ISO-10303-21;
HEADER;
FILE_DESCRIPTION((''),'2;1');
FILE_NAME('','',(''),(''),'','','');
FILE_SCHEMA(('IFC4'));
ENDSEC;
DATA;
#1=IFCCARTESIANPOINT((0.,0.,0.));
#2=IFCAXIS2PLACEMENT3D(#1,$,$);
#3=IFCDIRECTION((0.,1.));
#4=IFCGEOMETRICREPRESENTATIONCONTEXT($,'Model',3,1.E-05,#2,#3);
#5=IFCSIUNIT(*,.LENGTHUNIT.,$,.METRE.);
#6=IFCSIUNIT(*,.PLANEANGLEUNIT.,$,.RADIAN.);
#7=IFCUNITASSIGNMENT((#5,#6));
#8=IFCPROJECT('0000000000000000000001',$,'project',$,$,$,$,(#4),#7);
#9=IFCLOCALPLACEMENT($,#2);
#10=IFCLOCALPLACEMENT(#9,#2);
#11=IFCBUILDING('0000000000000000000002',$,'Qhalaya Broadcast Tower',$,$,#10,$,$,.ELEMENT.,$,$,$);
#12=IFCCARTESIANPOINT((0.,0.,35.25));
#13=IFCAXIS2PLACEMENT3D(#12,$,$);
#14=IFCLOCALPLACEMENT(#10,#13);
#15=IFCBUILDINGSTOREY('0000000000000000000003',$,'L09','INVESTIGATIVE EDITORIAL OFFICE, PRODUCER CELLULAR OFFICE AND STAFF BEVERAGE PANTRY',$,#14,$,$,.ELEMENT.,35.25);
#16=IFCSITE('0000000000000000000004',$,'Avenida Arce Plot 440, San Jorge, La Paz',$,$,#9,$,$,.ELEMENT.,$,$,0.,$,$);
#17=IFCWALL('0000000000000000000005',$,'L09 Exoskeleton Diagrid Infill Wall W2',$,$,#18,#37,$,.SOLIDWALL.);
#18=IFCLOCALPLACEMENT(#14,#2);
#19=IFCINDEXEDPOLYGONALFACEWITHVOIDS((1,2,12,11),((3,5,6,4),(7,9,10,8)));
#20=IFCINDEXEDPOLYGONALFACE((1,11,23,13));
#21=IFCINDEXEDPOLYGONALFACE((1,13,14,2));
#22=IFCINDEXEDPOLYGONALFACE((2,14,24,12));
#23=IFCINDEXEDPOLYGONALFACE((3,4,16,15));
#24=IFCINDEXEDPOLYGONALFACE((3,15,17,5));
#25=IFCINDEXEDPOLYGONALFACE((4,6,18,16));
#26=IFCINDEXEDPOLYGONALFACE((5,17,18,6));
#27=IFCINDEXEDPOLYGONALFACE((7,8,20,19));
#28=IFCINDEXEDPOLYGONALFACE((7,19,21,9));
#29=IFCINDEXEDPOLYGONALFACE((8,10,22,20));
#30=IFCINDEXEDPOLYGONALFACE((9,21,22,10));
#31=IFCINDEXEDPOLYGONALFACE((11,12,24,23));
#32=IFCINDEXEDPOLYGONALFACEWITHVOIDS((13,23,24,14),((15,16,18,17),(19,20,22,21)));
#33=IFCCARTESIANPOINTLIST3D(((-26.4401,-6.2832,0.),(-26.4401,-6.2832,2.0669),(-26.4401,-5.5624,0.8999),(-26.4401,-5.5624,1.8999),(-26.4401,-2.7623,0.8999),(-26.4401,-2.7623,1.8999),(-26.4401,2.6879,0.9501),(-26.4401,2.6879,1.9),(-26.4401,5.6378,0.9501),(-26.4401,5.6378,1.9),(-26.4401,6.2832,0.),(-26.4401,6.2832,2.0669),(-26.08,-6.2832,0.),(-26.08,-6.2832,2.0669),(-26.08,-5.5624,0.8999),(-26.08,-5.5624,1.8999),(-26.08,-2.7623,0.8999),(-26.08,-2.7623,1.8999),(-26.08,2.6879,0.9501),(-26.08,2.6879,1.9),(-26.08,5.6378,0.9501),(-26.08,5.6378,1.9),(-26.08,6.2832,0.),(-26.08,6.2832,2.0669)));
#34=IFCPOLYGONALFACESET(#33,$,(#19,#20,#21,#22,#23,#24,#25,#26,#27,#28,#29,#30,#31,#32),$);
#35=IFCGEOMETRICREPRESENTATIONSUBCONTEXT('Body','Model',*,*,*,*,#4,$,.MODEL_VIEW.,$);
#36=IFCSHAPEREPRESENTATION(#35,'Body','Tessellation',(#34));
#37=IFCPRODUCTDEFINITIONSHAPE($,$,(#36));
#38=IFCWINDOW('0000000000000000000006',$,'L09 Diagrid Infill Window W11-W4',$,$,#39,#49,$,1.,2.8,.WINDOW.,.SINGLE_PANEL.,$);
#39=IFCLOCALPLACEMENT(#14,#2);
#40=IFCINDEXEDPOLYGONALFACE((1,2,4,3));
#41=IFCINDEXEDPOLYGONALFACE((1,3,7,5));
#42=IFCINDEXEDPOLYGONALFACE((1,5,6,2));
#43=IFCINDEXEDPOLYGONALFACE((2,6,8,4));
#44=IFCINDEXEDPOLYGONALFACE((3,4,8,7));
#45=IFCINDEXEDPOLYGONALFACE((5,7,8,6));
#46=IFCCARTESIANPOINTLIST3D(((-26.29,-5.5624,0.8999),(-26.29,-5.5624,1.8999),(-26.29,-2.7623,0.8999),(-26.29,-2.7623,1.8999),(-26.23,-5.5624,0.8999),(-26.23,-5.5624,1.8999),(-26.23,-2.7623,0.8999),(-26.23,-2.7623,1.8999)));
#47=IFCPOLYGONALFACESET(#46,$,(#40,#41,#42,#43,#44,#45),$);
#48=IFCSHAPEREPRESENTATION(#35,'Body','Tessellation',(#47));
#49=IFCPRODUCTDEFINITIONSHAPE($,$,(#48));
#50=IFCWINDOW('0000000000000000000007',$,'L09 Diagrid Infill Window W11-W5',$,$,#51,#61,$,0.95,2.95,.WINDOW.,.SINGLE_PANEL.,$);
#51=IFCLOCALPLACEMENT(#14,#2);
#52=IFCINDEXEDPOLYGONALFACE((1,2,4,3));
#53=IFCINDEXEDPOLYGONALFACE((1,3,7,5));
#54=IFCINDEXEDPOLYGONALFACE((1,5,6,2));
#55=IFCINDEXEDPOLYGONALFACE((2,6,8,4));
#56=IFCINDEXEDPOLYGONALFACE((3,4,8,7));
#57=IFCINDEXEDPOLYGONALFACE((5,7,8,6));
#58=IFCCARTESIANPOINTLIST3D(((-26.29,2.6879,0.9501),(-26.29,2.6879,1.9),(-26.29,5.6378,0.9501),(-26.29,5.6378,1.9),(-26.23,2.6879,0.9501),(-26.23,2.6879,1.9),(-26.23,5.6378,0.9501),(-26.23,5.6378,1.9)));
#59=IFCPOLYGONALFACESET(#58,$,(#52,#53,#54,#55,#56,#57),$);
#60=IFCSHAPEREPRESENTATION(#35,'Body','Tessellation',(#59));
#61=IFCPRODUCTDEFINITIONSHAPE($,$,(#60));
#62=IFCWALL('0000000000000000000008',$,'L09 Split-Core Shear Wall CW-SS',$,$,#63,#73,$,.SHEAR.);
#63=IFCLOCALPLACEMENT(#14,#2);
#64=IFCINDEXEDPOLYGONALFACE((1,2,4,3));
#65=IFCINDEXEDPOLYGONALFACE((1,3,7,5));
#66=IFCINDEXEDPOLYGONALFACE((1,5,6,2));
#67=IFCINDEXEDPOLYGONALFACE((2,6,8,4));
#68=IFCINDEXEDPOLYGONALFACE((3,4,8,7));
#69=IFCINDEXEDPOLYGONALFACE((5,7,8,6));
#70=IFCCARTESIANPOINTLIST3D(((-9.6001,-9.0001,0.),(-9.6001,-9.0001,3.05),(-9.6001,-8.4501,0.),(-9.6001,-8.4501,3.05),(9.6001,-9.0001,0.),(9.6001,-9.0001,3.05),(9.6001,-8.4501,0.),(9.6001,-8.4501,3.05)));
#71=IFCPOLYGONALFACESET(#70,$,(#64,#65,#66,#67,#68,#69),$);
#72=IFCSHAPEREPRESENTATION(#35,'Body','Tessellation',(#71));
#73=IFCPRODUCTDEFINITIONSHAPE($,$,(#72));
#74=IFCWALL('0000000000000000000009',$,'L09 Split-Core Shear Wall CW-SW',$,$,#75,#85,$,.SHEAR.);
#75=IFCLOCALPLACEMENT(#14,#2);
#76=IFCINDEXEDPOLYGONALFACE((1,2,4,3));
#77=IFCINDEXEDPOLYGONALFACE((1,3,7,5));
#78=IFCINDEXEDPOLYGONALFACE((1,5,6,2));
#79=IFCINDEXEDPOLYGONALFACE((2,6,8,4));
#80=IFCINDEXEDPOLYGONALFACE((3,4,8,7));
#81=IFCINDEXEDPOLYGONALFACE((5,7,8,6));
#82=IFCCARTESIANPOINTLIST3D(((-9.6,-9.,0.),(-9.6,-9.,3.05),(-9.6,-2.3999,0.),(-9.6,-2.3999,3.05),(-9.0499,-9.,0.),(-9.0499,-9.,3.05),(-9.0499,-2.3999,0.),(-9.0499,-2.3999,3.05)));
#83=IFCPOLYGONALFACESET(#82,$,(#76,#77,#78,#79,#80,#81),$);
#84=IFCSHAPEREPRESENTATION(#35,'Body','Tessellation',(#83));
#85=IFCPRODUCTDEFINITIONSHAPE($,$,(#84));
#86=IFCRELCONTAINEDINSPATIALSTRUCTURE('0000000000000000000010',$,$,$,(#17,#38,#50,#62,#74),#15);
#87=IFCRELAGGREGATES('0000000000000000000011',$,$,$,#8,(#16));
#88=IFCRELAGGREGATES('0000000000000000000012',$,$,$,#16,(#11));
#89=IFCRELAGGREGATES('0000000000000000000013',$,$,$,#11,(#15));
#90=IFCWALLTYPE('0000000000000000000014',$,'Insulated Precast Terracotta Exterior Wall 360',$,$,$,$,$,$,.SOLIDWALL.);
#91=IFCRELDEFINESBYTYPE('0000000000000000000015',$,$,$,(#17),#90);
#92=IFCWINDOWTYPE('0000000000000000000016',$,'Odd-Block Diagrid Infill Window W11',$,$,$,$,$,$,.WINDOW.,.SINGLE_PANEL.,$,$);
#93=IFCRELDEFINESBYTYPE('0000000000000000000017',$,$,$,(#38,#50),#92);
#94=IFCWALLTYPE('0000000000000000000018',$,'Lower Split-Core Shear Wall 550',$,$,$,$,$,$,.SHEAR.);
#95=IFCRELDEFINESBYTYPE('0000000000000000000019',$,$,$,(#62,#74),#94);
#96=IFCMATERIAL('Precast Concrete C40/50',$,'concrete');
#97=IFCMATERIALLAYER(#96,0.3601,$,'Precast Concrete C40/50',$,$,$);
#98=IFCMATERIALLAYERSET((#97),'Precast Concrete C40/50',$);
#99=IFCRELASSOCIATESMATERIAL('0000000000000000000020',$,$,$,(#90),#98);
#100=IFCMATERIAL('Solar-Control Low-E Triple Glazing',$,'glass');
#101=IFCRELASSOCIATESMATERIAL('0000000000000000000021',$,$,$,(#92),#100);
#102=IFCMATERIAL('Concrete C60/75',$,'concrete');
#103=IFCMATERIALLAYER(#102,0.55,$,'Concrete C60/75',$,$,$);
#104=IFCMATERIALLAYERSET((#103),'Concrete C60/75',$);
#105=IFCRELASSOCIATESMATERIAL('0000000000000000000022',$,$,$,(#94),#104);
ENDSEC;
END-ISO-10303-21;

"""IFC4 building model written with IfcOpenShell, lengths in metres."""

from ifc_helpers import new_model, si_unit, direction, frame, frame_2d, origin, place, context, subcontext, project, spatial, rectangle, extrude, material, layer, layer_set, type_object, element, fill, save


model = new_model("IFC4")

# Units and contexts
model_context = context("Model", 3, precision=1e-05, world=origin(), true_north=direction((0.0, 1.0)))
body_context = subcontext(model_context, "Body", "Model", "MODEL_VIEW")
ifc_project = project(units=[si_unit("LENGTHUNIT", "METRE"), si_unit("PLANEANGLEUNIT", "RADIAN")], contexts=[model_context])

# Site, building, storey
site_placement = place(None, origin())
site = spatial("IfcSite", under=ifc_project, at=site_placement, Name="Avenida Arce Plot 440, San Jorge, La Paz", CompositionType="ELEMENT", RefElevation=0.0)
building_placement = place(site_placement, origin())
building = spatial("IfcBuilding", under=site, at=building_placement, Name="Qhalaya Broadcast Tower", CompositionType="ELEMENT")
storey_placement = place(building_placement, frame((0.0, 0.0, 35.25)))
storey = spatial("IfcBuildingStorey", under=building, at=storey_placement, Name="L09", Description="INVESTIGATIVE EDITORIAL OFFICE, PRODUCER CELLULAR OFFICE AND STAFF BEVERAGE PANTRY", CompositionType="ELEMENT", Elevation=35.25)

# Wall, openings, windows
ifc_material_1 = material(Name="Precast Concrete C40/50", Category="concrete")
ifc_layer_1 = layer(ifc_material_1, 0.3601, Name="Precast Concrete C40/50")
ifc_layer_set_1 = layer_set([ifc_layer_1], Name="Precast Concrete C40/50")
wall_type_1 = type_object("IfcWallType", Name="Insulated Precast Terracotta Exterior Wall 360", PredefinedType="SOLIDWALL", material=ifc_layer_set_1)
wall_1_placement = place(storey_placement, frame((-26.26, -6.2832, 0.0), z_axis=(0.0, 0.0, 1.0), x_axis=(0.0, 1.0, 0.0)))
wall_1 = element("IfcWall", 1, at=wall_1_placement, inside=storey, type_object=wall_type_1, Name="L09 Exoskeleton Diagrid Infill Wall W2", PredefinedType="SOLIDWALL", context=body_context, shape_type="SweptSolid", body=[
    extrude(rectangle(XDim=12.5664, YDim=0.3601, at=frame_2d((6.2832, 0.0))), origin(), (0.0, 0.0, 1.0), 2.0669),
])
opening_1_placement = place(wall_1_placement, frame((0.7209, 0.0, 0.8999)))
opening_1 = element("IfcOpeningElement", 2, at=opening_1_placement, cuts=wall_1, PredefinedType="OPENING", context=body_context, shape_type="SweptSolid", body=[
    extrude(rectangle(XDim=2.8, YDim=1.0, at=frame_2d((1.3999, 0.5))), frame((0.0, 0.1921, 0.0), z_axis=(0.0, -1.0, 0.0), x_axis=(1.0, 0.0, 0.0)), (0.0, 0.0, 1.0), 0.384),
])
opening_2_placement = place(wall_1_placement, frame((8.9709, 0.0, 0.95)))
opening_2 = element("IfcOpeningElement", 3, at=opening_2_placement, cuts=wall_1, PredefinedType="OPENING", context=body_context, shape_type="SweptSolid", body=[
    extrude(rectangle(XDim=2.95, YDim=0.95, at=frame_2d((1.4751, 0.4751))), frame((0.0, 0.1921, 0.0), z_axis=(0.0, -1.0, 0.0), x_axis=(1.0, 0.0, 0.0)), (0.0, 0.0, 1.0), 0.384),
])
ifc_material_2 = material(Name="Solar-Control Low-E Triple Glazing", Category="glass")
window_type = type_object("IfcWindowType", Name="Odd-Block Diagrid Infill Window W11", PartitioningType="SINGLE_PANEL", PredefinedType="WINDOW", material=ifc_material_2)
window_1_placement = place(opening_1_placement, origin())
window_1 = element("IfcWindow", 4, at=window_1_placement, inside=storey, type_object=window_type, Name="L09 Diagrid Infill Window W11-W4", OverallHeight=1.0, OverallWidth=2.8, PartitioningType="SINGLE_PANEL", PredefinedType="WINDOW", context=body_context, shape_type="SweptSolid", body=[
    extrude(rectangle(XDim=2.8, YDim=1.0, at=frame_2d((1.3999, 0.5))), frame((0.0, 0.03, 0.0), z_axis=(0.0, -1.0, 0.0), x_axis=(1.0, 0.0, 0.0)), (0.0, 0.0, 1.0), 0.0601),
])
fill(opening_1, window_1)
window_2_placement = place(opening_2_placement, origin())
window_2 = element("IfcWindow", 5, at=window_2_placement, inside=storey, type_object=window_type, Name="L09 Diagrid Infill Window W11-W5", OverallHeight=0.95, OverallWidth=2.95, PartitioningType="SINGLE_PANEL", PredefinedType="WINDOW", context=body_context, shape_type="SweptSolid", body=[
    extrude(rectangle(XDim=2.95, YDim=0.95, at=frame_2d((1.4751, 0.4751))), frame((0.0, 0.03, 0.0), z_axis=(0.0, -1.0, 0.0), x_axis=(1.0, 0.0, 0.0)), (0.0, 0.0, 1.0), 0.0601),
])
fill(opening_2, window_2)

# Wall
ifc_material_3 = material(Name="Concrete C60/75", Category="concrete")
ifc_layer_2 = layer(ifc_material_3, 0.55, Name="Concrete C60/75")
ifc_layer_set_2 = layer_set([ifc_layer_2], Name="Concrete C60/75")
wall_type_2 = type_object("IfcWallType", Name="Lower Split-Core Shear Wall 550", PredefinedType="SHEAR", material=ifc_layer_set_2)
wall_2_placement = place(storey_placement, frame((-9.6001, -8.7251, 0.0), z_axis=(0.0, 0.0, 1.0), x_axis=(1.0, 0.0, 0.0)))
element("IfcWall", 6, at=wall_2_placement, inside=storey, type_object=wall_type_2, Name="L09 Split-Core Shear Wall CW-SS", PredefinedType="SHEAR", context=body_context, shape_type="SweptSolid", body=[
    extrude(rectangle(XDim=19.2002, YDim=0.55, at=frame_2d((9.6001, 0.0))), origin(), (0.0, 0.0, 1.0), 3.05),
])

# Wall
wall_3_placement = place(storey_placement, frame((-9.325, -9.0, 0.0), z_axis=(0.0, 0.0, 1.0), x_axis=(0.0, 1.0, 0.0)))
element("IfcWall", 7, at=wall_3_placement, inside=storey, type_object=wall_type_2, Name="L09 Split-Core Shear Wall CW-SW", PredefinedType="SHEAR", context=body_context, shape_type="SweptSolid", body=[
    extrude(rectangle(XDim=6.6001, YDim=0.55, at=frame_2d((3.3, 0.0))), origin(), (0.0, 0.0, 1.0), 3.05),
])

save(model, "model.ifc")
